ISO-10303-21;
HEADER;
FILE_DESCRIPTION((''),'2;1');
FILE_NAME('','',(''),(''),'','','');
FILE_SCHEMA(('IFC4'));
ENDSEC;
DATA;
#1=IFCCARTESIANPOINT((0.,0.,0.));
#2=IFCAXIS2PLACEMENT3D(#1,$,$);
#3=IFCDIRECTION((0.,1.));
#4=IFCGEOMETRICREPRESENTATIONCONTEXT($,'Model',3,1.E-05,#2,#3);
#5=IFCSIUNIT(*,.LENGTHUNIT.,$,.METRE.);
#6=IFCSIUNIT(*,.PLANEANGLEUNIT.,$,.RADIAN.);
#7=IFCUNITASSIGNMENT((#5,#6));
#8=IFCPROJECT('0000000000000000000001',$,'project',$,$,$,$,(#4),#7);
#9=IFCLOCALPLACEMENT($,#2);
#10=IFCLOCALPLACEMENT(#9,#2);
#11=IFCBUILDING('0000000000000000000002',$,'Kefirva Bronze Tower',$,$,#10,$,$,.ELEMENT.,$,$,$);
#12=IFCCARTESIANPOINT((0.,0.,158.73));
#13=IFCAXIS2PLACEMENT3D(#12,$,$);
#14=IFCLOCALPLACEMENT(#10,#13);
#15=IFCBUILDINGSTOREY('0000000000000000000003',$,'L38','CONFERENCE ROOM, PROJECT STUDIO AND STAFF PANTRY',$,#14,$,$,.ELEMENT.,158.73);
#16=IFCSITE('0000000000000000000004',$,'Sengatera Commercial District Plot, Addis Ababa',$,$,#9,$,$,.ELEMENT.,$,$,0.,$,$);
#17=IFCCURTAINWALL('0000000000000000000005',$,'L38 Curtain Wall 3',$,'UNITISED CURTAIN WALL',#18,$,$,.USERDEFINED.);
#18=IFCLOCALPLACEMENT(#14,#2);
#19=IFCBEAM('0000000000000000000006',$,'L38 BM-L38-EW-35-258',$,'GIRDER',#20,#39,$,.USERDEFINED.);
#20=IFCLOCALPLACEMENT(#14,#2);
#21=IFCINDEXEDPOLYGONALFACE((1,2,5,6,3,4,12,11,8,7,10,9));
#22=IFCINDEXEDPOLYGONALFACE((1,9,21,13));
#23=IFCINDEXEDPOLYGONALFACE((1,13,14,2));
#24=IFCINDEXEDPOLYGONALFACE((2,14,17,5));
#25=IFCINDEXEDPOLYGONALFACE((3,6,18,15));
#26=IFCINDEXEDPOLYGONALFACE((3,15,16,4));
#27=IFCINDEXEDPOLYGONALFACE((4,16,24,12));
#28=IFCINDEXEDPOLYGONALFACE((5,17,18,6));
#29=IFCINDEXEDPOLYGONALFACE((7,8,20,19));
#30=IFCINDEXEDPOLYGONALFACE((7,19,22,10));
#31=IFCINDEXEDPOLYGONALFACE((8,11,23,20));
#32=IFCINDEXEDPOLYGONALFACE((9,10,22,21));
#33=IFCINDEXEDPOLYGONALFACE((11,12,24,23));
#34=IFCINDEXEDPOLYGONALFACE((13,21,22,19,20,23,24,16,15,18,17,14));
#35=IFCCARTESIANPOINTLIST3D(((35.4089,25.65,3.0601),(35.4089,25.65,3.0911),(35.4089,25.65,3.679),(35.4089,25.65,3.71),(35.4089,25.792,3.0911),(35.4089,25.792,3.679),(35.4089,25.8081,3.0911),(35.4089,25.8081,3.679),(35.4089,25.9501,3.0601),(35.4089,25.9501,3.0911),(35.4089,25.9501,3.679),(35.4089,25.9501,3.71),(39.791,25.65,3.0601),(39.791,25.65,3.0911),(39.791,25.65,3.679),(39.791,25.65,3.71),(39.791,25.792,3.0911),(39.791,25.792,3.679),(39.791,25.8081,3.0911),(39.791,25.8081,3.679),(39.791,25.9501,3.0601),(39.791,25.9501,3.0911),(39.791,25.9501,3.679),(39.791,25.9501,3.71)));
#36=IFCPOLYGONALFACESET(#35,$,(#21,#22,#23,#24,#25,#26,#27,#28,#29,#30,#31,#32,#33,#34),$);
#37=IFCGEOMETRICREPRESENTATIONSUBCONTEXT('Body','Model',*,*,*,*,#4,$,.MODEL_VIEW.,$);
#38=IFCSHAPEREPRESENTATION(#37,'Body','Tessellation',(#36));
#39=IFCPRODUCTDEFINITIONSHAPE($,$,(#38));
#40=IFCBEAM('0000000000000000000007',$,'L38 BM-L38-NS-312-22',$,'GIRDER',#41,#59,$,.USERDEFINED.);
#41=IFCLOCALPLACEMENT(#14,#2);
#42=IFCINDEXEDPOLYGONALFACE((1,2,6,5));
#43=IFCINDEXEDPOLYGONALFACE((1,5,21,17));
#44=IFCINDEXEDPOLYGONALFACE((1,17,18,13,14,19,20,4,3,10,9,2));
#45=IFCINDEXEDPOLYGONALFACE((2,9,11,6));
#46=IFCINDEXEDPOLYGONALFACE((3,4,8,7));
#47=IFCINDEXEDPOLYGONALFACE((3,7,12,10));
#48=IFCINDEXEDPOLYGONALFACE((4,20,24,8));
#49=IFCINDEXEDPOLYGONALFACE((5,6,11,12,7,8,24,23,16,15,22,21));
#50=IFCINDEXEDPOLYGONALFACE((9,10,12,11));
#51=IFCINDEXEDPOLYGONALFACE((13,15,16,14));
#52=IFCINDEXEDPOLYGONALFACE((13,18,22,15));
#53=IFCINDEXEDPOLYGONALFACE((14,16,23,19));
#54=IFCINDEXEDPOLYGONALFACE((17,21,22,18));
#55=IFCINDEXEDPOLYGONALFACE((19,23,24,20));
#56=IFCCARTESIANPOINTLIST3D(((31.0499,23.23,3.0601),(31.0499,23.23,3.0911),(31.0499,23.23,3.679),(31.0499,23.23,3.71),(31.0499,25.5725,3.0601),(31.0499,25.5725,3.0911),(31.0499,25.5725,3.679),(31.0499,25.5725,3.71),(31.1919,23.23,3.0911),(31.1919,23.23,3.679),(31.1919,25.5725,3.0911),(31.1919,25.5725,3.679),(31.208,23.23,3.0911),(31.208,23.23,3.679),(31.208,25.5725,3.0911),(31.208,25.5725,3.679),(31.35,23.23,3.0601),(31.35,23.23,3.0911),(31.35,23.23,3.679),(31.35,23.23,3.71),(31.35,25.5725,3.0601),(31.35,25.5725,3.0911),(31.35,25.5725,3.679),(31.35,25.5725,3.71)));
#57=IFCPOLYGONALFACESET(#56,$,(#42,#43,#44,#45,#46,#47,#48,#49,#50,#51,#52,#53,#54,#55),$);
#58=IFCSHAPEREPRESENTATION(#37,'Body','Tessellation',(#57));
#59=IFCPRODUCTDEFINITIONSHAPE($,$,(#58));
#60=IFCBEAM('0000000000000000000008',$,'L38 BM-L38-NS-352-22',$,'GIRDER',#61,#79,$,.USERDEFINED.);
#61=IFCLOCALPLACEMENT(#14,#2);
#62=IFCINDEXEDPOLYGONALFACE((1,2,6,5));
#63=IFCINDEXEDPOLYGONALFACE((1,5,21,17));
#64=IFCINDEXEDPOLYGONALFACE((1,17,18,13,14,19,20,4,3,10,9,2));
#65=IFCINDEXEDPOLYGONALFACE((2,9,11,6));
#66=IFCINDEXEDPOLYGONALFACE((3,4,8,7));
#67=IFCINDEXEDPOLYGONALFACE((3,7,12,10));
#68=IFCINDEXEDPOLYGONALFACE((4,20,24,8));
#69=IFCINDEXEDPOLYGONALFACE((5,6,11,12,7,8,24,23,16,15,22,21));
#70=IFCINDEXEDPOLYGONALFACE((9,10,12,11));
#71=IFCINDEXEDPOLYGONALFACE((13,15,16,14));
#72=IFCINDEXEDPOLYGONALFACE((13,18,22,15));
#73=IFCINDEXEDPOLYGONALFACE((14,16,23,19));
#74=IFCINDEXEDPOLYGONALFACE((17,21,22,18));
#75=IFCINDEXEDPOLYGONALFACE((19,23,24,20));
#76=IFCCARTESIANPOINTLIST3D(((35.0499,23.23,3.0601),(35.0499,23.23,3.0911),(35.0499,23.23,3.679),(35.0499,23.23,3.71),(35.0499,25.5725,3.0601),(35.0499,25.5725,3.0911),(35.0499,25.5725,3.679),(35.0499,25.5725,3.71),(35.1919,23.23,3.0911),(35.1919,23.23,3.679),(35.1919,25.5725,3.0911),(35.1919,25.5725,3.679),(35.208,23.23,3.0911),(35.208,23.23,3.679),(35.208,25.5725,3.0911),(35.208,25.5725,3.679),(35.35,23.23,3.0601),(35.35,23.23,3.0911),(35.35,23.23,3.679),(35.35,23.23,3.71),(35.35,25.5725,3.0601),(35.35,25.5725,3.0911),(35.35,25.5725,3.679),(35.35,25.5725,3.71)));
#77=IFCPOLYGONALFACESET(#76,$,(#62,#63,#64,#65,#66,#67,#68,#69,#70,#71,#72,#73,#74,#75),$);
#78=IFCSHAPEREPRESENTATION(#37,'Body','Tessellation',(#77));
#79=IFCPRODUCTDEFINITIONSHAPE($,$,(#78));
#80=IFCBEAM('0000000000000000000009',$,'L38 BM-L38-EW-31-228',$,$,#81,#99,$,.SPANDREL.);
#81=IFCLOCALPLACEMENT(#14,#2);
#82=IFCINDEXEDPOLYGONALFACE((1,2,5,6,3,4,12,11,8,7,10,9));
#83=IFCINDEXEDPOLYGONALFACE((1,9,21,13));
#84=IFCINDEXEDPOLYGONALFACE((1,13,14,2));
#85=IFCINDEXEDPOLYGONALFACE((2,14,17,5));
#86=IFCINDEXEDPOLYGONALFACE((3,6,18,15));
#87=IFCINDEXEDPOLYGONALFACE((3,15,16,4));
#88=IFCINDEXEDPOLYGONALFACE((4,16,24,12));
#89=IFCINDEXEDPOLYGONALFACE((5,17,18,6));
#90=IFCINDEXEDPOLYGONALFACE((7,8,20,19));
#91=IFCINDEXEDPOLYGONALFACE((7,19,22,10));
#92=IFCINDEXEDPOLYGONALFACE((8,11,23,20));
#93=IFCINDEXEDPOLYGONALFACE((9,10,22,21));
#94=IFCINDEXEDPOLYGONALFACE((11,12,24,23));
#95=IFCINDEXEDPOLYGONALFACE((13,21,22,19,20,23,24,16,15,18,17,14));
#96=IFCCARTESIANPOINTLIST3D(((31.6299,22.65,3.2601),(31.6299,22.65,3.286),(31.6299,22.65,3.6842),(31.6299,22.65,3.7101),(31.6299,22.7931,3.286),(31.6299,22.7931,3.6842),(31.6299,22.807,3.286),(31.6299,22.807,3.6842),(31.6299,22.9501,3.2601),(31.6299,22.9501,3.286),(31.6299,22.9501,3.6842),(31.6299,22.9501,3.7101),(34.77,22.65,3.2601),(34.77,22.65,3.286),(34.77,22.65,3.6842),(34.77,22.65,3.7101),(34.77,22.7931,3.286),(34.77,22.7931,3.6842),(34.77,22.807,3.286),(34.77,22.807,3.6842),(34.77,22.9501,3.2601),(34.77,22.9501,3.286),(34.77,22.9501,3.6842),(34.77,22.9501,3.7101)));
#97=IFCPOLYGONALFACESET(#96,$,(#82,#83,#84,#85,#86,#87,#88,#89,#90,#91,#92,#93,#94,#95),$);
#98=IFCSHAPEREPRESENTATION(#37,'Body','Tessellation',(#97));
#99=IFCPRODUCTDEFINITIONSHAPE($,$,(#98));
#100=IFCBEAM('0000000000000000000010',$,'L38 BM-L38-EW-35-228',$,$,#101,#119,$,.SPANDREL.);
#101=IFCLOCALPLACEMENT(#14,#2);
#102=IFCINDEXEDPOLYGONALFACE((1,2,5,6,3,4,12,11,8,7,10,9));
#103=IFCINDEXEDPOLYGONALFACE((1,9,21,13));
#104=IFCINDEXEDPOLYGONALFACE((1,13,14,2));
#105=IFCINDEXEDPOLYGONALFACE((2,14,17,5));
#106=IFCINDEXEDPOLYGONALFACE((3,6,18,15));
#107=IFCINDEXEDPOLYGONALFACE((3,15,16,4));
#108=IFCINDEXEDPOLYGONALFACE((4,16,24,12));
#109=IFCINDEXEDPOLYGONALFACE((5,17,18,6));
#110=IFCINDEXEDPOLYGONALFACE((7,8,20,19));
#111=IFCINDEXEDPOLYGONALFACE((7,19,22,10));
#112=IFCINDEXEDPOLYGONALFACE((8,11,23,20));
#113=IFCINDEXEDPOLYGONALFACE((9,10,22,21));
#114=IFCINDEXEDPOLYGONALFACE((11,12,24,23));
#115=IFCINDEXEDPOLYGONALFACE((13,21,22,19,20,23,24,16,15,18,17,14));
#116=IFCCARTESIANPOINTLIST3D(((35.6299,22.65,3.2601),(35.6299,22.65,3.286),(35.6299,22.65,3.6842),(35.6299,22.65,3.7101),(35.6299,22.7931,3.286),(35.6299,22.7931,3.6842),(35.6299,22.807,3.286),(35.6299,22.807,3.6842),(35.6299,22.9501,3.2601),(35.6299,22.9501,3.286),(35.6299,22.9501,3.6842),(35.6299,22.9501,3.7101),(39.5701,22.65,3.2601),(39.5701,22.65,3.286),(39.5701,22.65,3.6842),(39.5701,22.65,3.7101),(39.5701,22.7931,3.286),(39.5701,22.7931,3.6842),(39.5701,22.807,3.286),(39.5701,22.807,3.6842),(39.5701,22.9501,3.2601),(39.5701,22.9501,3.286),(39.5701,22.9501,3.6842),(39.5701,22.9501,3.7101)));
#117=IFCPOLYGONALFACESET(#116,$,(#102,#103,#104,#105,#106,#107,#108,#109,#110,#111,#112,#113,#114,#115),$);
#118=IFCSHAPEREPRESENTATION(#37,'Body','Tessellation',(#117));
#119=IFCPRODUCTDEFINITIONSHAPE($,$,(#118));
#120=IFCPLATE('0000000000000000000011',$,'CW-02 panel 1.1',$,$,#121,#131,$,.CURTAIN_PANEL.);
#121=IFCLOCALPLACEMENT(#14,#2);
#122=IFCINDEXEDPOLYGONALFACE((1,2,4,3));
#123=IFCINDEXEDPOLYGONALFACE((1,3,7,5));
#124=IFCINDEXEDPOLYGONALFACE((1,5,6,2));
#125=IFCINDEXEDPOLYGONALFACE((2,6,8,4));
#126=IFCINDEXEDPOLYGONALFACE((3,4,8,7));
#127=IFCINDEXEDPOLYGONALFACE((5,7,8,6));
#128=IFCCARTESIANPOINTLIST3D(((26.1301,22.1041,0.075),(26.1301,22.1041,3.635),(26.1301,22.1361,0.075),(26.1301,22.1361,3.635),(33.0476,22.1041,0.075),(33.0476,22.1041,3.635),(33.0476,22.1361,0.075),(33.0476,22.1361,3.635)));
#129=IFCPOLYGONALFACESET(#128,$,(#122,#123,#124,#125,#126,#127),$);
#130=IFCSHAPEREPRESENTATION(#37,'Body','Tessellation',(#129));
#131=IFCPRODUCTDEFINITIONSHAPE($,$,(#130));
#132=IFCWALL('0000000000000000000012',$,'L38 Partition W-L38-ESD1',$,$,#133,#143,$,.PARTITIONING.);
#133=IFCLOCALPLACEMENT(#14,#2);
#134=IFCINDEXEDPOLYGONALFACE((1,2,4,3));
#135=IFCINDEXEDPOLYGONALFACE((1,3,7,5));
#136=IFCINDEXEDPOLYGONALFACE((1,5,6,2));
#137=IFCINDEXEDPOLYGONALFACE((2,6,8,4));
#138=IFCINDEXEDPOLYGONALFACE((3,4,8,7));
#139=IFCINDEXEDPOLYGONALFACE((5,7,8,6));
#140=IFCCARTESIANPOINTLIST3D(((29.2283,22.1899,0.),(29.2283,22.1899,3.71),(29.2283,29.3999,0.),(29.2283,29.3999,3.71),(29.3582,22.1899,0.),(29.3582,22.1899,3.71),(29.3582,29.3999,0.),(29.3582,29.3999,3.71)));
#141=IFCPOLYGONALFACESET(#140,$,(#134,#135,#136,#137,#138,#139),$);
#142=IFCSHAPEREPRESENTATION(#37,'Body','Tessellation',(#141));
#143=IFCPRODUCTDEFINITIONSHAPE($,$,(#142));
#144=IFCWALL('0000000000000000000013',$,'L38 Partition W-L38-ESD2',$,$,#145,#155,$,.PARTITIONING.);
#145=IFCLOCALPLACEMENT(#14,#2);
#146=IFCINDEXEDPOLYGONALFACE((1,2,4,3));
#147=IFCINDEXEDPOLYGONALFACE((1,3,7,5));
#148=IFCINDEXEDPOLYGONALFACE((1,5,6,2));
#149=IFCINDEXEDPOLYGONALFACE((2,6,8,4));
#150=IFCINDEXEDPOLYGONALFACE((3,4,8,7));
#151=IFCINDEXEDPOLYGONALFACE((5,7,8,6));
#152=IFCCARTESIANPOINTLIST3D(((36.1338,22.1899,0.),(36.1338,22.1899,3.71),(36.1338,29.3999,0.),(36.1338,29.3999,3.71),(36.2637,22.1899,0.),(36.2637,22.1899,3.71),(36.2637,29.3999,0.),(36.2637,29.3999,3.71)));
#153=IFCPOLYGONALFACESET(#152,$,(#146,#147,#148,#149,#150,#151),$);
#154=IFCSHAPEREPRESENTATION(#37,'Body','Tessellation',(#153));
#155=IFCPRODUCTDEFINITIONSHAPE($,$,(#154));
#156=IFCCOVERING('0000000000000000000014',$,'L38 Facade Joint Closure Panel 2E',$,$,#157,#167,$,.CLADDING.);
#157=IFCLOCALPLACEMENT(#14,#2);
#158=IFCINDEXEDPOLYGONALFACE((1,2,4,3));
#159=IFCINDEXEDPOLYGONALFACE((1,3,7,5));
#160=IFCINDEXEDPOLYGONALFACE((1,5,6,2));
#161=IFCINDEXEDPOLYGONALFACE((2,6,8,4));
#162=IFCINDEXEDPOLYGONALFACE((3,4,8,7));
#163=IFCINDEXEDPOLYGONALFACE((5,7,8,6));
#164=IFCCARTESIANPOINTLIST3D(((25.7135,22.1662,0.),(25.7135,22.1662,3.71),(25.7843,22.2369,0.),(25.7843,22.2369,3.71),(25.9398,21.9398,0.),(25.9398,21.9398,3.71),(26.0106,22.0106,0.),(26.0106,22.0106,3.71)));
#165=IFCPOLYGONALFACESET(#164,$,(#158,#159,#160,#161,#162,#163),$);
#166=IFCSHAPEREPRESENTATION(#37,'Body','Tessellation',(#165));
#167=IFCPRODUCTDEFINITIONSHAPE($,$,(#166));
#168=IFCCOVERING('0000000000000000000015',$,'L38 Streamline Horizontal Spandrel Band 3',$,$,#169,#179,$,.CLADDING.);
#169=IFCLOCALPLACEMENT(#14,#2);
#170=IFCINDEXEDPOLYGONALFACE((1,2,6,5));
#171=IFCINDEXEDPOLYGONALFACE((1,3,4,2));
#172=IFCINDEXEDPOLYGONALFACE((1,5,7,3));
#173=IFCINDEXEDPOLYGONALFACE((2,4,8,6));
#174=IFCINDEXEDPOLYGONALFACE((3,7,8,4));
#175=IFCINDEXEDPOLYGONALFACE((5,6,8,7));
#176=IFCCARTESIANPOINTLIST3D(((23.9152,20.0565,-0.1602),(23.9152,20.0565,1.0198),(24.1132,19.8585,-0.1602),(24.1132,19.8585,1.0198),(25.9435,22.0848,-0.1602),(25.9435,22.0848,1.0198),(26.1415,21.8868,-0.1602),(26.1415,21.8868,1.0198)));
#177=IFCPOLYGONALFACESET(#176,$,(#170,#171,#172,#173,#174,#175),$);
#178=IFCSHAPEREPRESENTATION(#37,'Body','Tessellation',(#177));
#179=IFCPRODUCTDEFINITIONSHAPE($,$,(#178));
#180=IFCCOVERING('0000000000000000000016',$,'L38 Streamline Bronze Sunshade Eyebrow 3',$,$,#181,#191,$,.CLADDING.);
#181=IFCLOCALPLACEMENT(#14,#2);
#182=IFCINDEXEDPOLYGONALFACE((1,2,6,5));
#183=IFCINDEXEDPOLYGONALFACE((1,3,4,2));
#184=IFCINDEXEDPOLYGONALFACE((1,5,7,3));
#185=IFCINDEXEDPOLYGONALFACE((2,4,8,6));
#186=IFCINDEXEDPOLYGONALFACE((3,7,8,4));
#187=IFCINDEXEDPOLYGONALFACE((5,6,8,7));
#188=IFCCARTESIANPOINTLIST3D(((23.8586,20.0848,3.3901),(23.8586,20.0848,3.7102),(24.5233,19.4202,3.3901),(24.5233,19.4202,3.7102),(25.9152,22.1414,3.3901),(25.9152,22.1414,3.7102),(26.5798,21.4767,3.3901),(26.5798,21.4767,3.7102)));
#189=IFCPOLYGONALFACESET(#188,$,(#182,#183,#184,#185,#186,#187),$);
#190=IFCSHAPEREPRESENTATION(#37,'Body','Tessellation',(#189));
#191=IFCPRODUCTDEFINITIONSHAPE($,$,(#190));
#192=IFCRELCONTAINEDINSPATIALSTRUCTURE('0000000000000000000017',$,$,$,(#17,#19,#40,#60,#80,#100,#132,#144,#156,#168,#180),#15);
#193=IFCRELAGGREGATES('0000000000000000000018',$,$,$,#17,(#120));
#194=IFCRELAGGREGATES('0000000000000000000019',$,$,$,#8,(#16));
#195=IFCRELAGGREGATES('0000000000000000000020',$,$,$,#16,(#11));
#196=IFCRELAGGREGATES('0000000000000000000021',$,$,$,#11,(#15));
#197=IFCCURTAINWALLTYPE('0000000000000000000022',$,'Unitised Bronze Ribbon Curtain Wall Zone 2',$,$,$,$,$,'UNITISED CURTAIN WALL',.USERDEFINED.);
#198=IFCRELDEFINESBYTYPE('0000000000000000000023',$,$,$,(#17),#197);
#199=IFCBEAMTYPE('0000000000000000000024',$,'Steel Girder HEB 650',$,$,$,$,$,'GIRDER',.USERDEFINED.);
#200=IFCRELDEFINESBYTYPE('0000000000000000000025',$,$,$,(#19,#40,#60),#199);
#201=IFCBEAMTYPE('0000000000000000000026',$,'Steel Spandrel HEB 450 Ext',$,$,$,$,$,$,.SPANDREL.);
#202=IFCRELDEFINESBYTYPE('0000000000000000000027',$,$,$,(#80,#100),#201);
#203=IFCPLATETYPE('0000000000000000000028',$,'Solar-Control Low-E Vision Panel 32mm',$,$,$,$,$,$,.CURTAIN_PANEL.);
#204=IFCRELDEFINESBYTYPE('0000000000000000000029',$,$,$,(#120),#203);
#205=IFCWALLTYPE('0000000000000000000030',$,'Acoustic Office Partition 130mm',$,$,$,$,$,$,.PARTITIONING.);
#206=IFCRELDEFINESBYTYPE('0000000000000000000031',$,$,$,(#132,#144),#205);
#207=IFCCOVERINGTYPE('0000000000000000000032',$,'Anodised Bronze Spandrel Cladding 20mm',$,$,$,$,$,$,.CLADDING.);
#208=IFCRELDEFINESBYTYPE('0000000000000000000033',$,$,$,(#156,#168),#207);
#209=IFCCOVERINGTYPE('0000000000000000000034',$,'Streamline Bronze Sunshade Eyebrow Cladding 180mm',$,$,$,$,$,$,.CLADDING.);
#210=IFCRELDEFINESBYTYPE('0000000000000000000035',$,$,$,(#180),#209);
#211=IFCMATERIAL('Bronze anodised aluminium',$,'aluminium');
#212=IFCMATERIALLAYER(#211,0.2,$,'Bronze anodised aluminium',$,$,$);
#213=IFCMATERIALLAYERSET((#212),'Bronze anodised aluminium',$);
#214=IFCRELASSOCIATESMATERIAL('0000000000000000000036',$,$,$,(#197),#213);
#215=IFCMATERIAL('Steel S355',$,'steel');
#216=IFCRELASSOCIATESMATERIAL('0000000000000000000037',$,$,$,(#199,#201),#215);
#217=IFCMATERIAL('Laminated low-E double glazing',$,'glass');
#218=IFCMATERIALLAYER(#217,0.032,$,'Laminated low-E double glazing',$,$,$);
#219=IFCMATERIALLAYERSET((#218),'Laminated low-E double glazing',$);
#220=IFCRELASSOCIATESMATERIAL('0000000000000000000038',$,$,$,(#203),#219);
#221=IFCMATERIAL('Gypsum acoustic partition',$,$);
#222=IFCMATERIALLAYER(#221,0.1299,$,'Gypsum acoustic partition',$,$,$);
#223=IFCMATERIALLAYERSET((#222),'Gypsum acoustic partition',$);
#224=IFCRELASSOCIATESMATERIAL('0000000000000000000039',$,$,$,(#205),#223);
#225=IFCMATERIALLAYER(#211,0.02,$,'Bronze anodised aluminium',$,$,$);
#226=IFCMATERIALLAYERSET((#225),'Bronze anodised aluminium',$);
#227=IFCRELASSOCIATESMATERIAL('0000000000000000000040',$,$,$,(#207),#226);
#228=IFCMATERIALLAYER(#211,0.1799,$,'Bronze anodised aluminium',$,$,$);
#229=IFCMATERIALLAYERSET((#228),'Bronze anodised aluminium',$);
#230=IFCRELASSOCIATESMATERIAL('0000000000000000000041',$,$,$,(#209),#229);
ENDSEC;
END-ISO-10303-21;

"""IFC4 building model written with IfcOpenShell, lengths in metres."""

from ifc_helpers import new_model, si_unit, direction, frame, frame_2d, origin, origin_2d, place, context, subcontext, project, spatial, rectangle, i_section, extrude, material, layer, layer_set, material_profile, profile_set, type_object, element, aggregate, save


model = new_model("IFC4")

# Units and contexts
model_context = context("Model", 3, precision=1e-05, world=origin(), true_north=direction((0.0, 1.0)))
body_context = subcontext(model_context, "Body", "Model", "MODEL_VIEW")
ifc_project = project(units=[si_unit("LENGTHUNIT", "METRE"), si_unit("PLANEANGLEUNIT", "RADIAN")], contexts=[model_context])

# Site, building, storey
site_placement = place(None, origin())
site = spatial("IfcSite", under=ifc_project, at=site_placement, Name="Sengatera Commercial District Plot, Addis Ababa", CompositionType="ELEMENT", RefElevation=0.0)
building_placement = place(site_placement, origin())
building = spatial("IfcBuilding", under=site, at=building_placement, Name="Kefirva Bronze Tower", CompositionType="ELEMENT")
storey_placement = place(building_placement, frame((0.0, 0.0, 158.73)))
storey = spatial("IfcBuildingStorey", under=building, at=storey_placement, Name="L38", Description="CONFERENCE ROOM, PROJECT STUDIO AND STAFF PANTRY", CompositionType="ELEMENT", Elevation=158.73)

# Curtain wall
ifc_material_1 = material(Name="Bronze anodised aluminium", Category="aluminium")
ifc_layer_1 = layer(ifc_material_1, 0.2, Name="Bronze anodised aluminium")
ifc_layer_set_1 = layer_set([ifc_layer_1], Name="Bronze anodised aluminium")
curtain_wall_type = type_object("IfcCurtainWallType", Name="Unitised Bronze Ribbon Curtain Wall Zone 2", ElementType="UNITISED CURTAIN WALL", PredefinedType="USERDEFINED", material=ifc_layer_set_1)
curtain_wall_placement = place(storey_placement, origin())
curtain_wall = element("IfcCurtainWall", 1, at=curtain_wall_placement, inside=storey, type_object=curtain_wall_type, Name="L38 Curtain Wall 3", ObjectType="UNITISED CURTAIN WALL", PredefinedType="USERDEFINED")

# Beams
ifc_material_2 = material(Name="Steel S355", Category="steel")
ifc_material_profile_1 = material_profile(ifc_material_2, i_section(OverallWidth=0.3, OverallDepth=0.6499, WebThickness=0.0161, FlangeThickness=0.031, at=origin_2d()), Name="HEB 650")
ifc_profile_set_1 = profile_set([ifc_material_profile_1], Name="Steel S355")
beam_type_1 = type_object("IfcBeamType", Name="Steel Girder HEB 650", ElementType="GIRDER", PredefinedType="USERDEFINED", material=ifc_profile_set_1)
beam_1_placement = place(storey_placement, frame((35.4089, 25.8, 3.385), z_axis=(1.0, 0.0, 0.0), x_axis=(0.0, 1.0, 0.0)))
element("IfcBeam", 2, at=beam_1_placement, inside=storey, type_object=beam_type_1, Name="L38 BM-L38-EW-35-258", ObjectType="GIRDER", PredefinedType="USERDEFINED", context=body_context, shape_type="SweptSolid", body=[
    extrude(i_section(OverallWidth=0.3, OverallDepth=0.6499, WebThickness=0.0161, FlangeThickness=0.031, at=origin_2d()), origin(), (0.0, 0.0, 1.0), 4.3821),
])
for number, where, z_axis, x_axis, name in (
    (3, (31.2, 23.23, 3.385), (0.0, 1.0, 0.0), (-1.0, 0.0, 0.0), "L38 BM-L38-NS-312-22"),
    (4, (35.2, 23.23, 3.385), (0.0, 1.0, 0.0), (-1.0, 0.0, 0.0), "L38 BM-L38-NS-352-22"),
):
    element("IfcBeam", number, at=place(storey_placement, frame(where, z_axis=z_axis, x_axis=x_axis)), inside=storey, type_object=beam_type_1, Name=name, ObjectType="GIRDER", PredefinedType="USERDEFINED", context=body_context, shape_type="SweptSolid", body=[
        extrude(i_section(OverallWidth=0.3, OverallDepth=0.6499, WebThickness=0.0161, FlangeThickness=0.031, at=origin_2d()), origin(), (0.0, 0.0, 1.0), 2.3425),
    ])
ifc_material_profile_2 = material_profile(ifc_material_2, i_section(OverallWidth=0.3, OverallDepth=0.45, WebThickness=0.0139, FlangeThickness=0.0259, at=origin_2d()), Name="HEB 450")
ifc_profile_set_2 = profile_set([ifc_material_profile_2], Name="Steel S355")
beam_type_2 = type_object("IfcBeamType", Name="Steel Spandrel HEB 450 Ext", PredefinedType="SPANDREL", material=ifc_profile_set_2)
beam_2_placement = place(storey_placement, frame((31.6299, 22.8, 3.4851), z_axis=(1.0, 0.0, 0.0), x_axis=(0.0, 1.0, 0.0)))
element("IfcBeam", 5, at=beam_2_placement, inside=storey, type_object=beam_type_2, Name="L38 BM-L38-EW-31-228", PredefinedType="SPANDREL", context=body_context, shape_type="SweptSolid", body=[
    extrude(i_section(OverallWidth=0.3, OverallDepth=0.45, WebThickness=0.0139, FlangeThickness=0.0259, at=origin_2d()), origin(), (0.0, 0.0, 1.0), 3.1401),
])
beam_3_placement = place(storey_placement, frame((35.6299, 22.8, 3.4851), z_axis=(1.0, 0.0, 0.0), x_axis=(0.0, 1.0, 0.0)))
element("IfcBeam", 6, at=beam_3_placement, inside=storey, type_object=beam_type_2, Name="L38 BM-L38-EW-35-228", PredefinedType="SPANDREL", context=body_context, shape_type="SweptSolid", body=[
    extrude(i_section(OverallWidth=0.3, OverallDepth=0.45, WebThickness=0.0139, FlangeThickness=0.0259, at=origin_2d()), origin(), (0.0, 0.0, 1.0), 3.9402),
])

# Plate
ifc_material_3 = material(Name="Laminated low-E double glazing", Category="glass")
ifc_layer_2 = layer(ifc_material_3, 0.032, Name="Laminated low-E double glazing")
ifc_layer_set_2 = layer_set([ifc_layer_2], Name="Laminated low-E double glazing")
plate_type = type_object("IfcPlateType", Name="Solar-Control Low-E Vision Panel 32mm", PredefinedType="CURTAIN_PANEL", material=ifc_layer_set_2)
plate_placement = place(storey_placement, frame((29.5889, 22.1201, 0.075), z_axis=(0.0, 0.0, 1.0), x_axis=(1.0, 0.0, 0.0)))
plate = element("IfcPlate", 7, at=plate_placement, type_object=plate_type, Name="CW-02 panel 1.1", PredefinedType="CURTAIN_PANEL", context=body_context, shape_type="SweptSolid", body=[
    extrude(rectangle(XDim=6.9175, YDim=0.032, at=origin_2d()), origin(), (0.0, 0.0, 1.0), 3.5601),
])
aggregate(curtain_wall, [plate])

# Walls
ifc_material_4 = material(Name="Gypsum acoustic partition")
ifc_layer_3 = layer(ifc_material_4, 0.1299, Name="Gypsum acoustic partition")
ifc_layer_set_3 = layer_set([ifc_layer_3], Name="Gypsum acoustic partition")
wall_type = type_object("IfcWallType", Name="Acoustic Office Partition 130mm", PredefinedType="PARTITIONING", material=ifc_layer_set_3)
for number, where, z_axis, x_axis, name in (
    (8, (29.2932, 22.1899, 0.0), (0.0, 0.0, 1.0), (0.0, 1.0, 0.0), "L38 Partition W-L38-ESD1"),
    (9, (36.1987, 22.1899, 0.0), (0.0, 0.0, 1.0), (0.0, 1.0, 0.0), "L38 Partition W-L38-ESD2"),
):
    element("IfcWall", number, at=place(storey_placement, frame(where, z_axis=z_axis, x_axis=x_axis)), inside=storey, type_object=wall_type, Name=name, PredefinedType="PARTITIONING", context=body_context, shape_type="SweptSolid", body=[
        extrude(rectangle(XDim=7.21, YDim=0.1299, at=frame_2d((3.605, 0.0))), origin(), (0.0, 0.0, 1.0), 3.71),
    ])

# Coverings
ifc_layer_4 = layer(ifc_material_1, 0.02, Name="Bronze anodised aluminium")
ifc_layer_set_4 = layer_set([ifc_layer_4], Name="Bronze anodised aluminium")
covering_type_1 = type_object("IfcCoveringType", Name="Anodised Bronze Spandrel Cladding 20mm", PredefinedType="CLADDING", material=ifc_layer_set_4)
covering_1_placement = place(storey_placement, frame((25.8621, 22.0884, 0.0), z_axis=(0.0, 0.0, 1.0), x_axis=(0.707107, 0.707107, 0.0)))
element("IfcCovering", 10, at=covering_1_placement, inside=storey, type_object=covering_type_1, Name="L38 Facade Joint Closure Panel 2E", PredefinedType="CLADDING", context=body_context, shape_type="SweptSolid", body=[
    extrude(rectangle(XDim=0.1001, YDim=0.3201, at=origin_2d()), origin(), (0.0, 0.0, 1.0), 3.71),
])
covering_2_placement = place(storey_placement, frame((25.0283, 20.9717, -0.1602), z_axis=(0.0, 0.0, 1.0), x_axis=(0.707107, 0.707107, 0.0)))
element("IfcCovering", 11, at=covering_2_placement, inside=storey, type_object=covering_type_1, Name="L38 Streamline Horizontal Spandrel Band 3", PredefinedType="CLADDING", context=body_context, shape_type="SweptSolid", body=[
    extrude(rectangle(XDim=2.8684, YDim=0.28, at=origin_2d()), origin(), (0.0, 0.0, 1.0), 1.1799),
])
ifc_layer_5 = layer(ifc_material_1, 0.1799, Name="Bronze anodised aluminium")
ifc_layer_set_5 = layer_set([ifc_layer_5], Name="Bronze anodised aluminium")
covering_type_2 = type_object("IfcCoveringType", Name="Streamline Bronze Sunshade Eyebrow Cladding 180mm", PredefinedType="CLADDING", material=ifc_layer_set_5)
covering_3_placement = place(storey_placement, frame((25.2192, 20.7808, 3.3901), z_axis=(0.0, 0.0, 1.0), x_axis=(0.707107, 0.707107, 0.0)))
element("IfcCovering", 12, at=covering_3_placement, inside=storey, type_object=covering_type_2, Name="L38 Streamline Bronze Sunshade Eyebrow 3", PredefinedType="CLADDING", context=body_context, shape_type="SweptSolid", body=[
    extrude(rectangle(XDim=2.9084, YDim=0.9399, at=origin_2d()), origin(), (0.0, 0.0, 1.0), 0.3201),
])

save(model, "model.ifc")
